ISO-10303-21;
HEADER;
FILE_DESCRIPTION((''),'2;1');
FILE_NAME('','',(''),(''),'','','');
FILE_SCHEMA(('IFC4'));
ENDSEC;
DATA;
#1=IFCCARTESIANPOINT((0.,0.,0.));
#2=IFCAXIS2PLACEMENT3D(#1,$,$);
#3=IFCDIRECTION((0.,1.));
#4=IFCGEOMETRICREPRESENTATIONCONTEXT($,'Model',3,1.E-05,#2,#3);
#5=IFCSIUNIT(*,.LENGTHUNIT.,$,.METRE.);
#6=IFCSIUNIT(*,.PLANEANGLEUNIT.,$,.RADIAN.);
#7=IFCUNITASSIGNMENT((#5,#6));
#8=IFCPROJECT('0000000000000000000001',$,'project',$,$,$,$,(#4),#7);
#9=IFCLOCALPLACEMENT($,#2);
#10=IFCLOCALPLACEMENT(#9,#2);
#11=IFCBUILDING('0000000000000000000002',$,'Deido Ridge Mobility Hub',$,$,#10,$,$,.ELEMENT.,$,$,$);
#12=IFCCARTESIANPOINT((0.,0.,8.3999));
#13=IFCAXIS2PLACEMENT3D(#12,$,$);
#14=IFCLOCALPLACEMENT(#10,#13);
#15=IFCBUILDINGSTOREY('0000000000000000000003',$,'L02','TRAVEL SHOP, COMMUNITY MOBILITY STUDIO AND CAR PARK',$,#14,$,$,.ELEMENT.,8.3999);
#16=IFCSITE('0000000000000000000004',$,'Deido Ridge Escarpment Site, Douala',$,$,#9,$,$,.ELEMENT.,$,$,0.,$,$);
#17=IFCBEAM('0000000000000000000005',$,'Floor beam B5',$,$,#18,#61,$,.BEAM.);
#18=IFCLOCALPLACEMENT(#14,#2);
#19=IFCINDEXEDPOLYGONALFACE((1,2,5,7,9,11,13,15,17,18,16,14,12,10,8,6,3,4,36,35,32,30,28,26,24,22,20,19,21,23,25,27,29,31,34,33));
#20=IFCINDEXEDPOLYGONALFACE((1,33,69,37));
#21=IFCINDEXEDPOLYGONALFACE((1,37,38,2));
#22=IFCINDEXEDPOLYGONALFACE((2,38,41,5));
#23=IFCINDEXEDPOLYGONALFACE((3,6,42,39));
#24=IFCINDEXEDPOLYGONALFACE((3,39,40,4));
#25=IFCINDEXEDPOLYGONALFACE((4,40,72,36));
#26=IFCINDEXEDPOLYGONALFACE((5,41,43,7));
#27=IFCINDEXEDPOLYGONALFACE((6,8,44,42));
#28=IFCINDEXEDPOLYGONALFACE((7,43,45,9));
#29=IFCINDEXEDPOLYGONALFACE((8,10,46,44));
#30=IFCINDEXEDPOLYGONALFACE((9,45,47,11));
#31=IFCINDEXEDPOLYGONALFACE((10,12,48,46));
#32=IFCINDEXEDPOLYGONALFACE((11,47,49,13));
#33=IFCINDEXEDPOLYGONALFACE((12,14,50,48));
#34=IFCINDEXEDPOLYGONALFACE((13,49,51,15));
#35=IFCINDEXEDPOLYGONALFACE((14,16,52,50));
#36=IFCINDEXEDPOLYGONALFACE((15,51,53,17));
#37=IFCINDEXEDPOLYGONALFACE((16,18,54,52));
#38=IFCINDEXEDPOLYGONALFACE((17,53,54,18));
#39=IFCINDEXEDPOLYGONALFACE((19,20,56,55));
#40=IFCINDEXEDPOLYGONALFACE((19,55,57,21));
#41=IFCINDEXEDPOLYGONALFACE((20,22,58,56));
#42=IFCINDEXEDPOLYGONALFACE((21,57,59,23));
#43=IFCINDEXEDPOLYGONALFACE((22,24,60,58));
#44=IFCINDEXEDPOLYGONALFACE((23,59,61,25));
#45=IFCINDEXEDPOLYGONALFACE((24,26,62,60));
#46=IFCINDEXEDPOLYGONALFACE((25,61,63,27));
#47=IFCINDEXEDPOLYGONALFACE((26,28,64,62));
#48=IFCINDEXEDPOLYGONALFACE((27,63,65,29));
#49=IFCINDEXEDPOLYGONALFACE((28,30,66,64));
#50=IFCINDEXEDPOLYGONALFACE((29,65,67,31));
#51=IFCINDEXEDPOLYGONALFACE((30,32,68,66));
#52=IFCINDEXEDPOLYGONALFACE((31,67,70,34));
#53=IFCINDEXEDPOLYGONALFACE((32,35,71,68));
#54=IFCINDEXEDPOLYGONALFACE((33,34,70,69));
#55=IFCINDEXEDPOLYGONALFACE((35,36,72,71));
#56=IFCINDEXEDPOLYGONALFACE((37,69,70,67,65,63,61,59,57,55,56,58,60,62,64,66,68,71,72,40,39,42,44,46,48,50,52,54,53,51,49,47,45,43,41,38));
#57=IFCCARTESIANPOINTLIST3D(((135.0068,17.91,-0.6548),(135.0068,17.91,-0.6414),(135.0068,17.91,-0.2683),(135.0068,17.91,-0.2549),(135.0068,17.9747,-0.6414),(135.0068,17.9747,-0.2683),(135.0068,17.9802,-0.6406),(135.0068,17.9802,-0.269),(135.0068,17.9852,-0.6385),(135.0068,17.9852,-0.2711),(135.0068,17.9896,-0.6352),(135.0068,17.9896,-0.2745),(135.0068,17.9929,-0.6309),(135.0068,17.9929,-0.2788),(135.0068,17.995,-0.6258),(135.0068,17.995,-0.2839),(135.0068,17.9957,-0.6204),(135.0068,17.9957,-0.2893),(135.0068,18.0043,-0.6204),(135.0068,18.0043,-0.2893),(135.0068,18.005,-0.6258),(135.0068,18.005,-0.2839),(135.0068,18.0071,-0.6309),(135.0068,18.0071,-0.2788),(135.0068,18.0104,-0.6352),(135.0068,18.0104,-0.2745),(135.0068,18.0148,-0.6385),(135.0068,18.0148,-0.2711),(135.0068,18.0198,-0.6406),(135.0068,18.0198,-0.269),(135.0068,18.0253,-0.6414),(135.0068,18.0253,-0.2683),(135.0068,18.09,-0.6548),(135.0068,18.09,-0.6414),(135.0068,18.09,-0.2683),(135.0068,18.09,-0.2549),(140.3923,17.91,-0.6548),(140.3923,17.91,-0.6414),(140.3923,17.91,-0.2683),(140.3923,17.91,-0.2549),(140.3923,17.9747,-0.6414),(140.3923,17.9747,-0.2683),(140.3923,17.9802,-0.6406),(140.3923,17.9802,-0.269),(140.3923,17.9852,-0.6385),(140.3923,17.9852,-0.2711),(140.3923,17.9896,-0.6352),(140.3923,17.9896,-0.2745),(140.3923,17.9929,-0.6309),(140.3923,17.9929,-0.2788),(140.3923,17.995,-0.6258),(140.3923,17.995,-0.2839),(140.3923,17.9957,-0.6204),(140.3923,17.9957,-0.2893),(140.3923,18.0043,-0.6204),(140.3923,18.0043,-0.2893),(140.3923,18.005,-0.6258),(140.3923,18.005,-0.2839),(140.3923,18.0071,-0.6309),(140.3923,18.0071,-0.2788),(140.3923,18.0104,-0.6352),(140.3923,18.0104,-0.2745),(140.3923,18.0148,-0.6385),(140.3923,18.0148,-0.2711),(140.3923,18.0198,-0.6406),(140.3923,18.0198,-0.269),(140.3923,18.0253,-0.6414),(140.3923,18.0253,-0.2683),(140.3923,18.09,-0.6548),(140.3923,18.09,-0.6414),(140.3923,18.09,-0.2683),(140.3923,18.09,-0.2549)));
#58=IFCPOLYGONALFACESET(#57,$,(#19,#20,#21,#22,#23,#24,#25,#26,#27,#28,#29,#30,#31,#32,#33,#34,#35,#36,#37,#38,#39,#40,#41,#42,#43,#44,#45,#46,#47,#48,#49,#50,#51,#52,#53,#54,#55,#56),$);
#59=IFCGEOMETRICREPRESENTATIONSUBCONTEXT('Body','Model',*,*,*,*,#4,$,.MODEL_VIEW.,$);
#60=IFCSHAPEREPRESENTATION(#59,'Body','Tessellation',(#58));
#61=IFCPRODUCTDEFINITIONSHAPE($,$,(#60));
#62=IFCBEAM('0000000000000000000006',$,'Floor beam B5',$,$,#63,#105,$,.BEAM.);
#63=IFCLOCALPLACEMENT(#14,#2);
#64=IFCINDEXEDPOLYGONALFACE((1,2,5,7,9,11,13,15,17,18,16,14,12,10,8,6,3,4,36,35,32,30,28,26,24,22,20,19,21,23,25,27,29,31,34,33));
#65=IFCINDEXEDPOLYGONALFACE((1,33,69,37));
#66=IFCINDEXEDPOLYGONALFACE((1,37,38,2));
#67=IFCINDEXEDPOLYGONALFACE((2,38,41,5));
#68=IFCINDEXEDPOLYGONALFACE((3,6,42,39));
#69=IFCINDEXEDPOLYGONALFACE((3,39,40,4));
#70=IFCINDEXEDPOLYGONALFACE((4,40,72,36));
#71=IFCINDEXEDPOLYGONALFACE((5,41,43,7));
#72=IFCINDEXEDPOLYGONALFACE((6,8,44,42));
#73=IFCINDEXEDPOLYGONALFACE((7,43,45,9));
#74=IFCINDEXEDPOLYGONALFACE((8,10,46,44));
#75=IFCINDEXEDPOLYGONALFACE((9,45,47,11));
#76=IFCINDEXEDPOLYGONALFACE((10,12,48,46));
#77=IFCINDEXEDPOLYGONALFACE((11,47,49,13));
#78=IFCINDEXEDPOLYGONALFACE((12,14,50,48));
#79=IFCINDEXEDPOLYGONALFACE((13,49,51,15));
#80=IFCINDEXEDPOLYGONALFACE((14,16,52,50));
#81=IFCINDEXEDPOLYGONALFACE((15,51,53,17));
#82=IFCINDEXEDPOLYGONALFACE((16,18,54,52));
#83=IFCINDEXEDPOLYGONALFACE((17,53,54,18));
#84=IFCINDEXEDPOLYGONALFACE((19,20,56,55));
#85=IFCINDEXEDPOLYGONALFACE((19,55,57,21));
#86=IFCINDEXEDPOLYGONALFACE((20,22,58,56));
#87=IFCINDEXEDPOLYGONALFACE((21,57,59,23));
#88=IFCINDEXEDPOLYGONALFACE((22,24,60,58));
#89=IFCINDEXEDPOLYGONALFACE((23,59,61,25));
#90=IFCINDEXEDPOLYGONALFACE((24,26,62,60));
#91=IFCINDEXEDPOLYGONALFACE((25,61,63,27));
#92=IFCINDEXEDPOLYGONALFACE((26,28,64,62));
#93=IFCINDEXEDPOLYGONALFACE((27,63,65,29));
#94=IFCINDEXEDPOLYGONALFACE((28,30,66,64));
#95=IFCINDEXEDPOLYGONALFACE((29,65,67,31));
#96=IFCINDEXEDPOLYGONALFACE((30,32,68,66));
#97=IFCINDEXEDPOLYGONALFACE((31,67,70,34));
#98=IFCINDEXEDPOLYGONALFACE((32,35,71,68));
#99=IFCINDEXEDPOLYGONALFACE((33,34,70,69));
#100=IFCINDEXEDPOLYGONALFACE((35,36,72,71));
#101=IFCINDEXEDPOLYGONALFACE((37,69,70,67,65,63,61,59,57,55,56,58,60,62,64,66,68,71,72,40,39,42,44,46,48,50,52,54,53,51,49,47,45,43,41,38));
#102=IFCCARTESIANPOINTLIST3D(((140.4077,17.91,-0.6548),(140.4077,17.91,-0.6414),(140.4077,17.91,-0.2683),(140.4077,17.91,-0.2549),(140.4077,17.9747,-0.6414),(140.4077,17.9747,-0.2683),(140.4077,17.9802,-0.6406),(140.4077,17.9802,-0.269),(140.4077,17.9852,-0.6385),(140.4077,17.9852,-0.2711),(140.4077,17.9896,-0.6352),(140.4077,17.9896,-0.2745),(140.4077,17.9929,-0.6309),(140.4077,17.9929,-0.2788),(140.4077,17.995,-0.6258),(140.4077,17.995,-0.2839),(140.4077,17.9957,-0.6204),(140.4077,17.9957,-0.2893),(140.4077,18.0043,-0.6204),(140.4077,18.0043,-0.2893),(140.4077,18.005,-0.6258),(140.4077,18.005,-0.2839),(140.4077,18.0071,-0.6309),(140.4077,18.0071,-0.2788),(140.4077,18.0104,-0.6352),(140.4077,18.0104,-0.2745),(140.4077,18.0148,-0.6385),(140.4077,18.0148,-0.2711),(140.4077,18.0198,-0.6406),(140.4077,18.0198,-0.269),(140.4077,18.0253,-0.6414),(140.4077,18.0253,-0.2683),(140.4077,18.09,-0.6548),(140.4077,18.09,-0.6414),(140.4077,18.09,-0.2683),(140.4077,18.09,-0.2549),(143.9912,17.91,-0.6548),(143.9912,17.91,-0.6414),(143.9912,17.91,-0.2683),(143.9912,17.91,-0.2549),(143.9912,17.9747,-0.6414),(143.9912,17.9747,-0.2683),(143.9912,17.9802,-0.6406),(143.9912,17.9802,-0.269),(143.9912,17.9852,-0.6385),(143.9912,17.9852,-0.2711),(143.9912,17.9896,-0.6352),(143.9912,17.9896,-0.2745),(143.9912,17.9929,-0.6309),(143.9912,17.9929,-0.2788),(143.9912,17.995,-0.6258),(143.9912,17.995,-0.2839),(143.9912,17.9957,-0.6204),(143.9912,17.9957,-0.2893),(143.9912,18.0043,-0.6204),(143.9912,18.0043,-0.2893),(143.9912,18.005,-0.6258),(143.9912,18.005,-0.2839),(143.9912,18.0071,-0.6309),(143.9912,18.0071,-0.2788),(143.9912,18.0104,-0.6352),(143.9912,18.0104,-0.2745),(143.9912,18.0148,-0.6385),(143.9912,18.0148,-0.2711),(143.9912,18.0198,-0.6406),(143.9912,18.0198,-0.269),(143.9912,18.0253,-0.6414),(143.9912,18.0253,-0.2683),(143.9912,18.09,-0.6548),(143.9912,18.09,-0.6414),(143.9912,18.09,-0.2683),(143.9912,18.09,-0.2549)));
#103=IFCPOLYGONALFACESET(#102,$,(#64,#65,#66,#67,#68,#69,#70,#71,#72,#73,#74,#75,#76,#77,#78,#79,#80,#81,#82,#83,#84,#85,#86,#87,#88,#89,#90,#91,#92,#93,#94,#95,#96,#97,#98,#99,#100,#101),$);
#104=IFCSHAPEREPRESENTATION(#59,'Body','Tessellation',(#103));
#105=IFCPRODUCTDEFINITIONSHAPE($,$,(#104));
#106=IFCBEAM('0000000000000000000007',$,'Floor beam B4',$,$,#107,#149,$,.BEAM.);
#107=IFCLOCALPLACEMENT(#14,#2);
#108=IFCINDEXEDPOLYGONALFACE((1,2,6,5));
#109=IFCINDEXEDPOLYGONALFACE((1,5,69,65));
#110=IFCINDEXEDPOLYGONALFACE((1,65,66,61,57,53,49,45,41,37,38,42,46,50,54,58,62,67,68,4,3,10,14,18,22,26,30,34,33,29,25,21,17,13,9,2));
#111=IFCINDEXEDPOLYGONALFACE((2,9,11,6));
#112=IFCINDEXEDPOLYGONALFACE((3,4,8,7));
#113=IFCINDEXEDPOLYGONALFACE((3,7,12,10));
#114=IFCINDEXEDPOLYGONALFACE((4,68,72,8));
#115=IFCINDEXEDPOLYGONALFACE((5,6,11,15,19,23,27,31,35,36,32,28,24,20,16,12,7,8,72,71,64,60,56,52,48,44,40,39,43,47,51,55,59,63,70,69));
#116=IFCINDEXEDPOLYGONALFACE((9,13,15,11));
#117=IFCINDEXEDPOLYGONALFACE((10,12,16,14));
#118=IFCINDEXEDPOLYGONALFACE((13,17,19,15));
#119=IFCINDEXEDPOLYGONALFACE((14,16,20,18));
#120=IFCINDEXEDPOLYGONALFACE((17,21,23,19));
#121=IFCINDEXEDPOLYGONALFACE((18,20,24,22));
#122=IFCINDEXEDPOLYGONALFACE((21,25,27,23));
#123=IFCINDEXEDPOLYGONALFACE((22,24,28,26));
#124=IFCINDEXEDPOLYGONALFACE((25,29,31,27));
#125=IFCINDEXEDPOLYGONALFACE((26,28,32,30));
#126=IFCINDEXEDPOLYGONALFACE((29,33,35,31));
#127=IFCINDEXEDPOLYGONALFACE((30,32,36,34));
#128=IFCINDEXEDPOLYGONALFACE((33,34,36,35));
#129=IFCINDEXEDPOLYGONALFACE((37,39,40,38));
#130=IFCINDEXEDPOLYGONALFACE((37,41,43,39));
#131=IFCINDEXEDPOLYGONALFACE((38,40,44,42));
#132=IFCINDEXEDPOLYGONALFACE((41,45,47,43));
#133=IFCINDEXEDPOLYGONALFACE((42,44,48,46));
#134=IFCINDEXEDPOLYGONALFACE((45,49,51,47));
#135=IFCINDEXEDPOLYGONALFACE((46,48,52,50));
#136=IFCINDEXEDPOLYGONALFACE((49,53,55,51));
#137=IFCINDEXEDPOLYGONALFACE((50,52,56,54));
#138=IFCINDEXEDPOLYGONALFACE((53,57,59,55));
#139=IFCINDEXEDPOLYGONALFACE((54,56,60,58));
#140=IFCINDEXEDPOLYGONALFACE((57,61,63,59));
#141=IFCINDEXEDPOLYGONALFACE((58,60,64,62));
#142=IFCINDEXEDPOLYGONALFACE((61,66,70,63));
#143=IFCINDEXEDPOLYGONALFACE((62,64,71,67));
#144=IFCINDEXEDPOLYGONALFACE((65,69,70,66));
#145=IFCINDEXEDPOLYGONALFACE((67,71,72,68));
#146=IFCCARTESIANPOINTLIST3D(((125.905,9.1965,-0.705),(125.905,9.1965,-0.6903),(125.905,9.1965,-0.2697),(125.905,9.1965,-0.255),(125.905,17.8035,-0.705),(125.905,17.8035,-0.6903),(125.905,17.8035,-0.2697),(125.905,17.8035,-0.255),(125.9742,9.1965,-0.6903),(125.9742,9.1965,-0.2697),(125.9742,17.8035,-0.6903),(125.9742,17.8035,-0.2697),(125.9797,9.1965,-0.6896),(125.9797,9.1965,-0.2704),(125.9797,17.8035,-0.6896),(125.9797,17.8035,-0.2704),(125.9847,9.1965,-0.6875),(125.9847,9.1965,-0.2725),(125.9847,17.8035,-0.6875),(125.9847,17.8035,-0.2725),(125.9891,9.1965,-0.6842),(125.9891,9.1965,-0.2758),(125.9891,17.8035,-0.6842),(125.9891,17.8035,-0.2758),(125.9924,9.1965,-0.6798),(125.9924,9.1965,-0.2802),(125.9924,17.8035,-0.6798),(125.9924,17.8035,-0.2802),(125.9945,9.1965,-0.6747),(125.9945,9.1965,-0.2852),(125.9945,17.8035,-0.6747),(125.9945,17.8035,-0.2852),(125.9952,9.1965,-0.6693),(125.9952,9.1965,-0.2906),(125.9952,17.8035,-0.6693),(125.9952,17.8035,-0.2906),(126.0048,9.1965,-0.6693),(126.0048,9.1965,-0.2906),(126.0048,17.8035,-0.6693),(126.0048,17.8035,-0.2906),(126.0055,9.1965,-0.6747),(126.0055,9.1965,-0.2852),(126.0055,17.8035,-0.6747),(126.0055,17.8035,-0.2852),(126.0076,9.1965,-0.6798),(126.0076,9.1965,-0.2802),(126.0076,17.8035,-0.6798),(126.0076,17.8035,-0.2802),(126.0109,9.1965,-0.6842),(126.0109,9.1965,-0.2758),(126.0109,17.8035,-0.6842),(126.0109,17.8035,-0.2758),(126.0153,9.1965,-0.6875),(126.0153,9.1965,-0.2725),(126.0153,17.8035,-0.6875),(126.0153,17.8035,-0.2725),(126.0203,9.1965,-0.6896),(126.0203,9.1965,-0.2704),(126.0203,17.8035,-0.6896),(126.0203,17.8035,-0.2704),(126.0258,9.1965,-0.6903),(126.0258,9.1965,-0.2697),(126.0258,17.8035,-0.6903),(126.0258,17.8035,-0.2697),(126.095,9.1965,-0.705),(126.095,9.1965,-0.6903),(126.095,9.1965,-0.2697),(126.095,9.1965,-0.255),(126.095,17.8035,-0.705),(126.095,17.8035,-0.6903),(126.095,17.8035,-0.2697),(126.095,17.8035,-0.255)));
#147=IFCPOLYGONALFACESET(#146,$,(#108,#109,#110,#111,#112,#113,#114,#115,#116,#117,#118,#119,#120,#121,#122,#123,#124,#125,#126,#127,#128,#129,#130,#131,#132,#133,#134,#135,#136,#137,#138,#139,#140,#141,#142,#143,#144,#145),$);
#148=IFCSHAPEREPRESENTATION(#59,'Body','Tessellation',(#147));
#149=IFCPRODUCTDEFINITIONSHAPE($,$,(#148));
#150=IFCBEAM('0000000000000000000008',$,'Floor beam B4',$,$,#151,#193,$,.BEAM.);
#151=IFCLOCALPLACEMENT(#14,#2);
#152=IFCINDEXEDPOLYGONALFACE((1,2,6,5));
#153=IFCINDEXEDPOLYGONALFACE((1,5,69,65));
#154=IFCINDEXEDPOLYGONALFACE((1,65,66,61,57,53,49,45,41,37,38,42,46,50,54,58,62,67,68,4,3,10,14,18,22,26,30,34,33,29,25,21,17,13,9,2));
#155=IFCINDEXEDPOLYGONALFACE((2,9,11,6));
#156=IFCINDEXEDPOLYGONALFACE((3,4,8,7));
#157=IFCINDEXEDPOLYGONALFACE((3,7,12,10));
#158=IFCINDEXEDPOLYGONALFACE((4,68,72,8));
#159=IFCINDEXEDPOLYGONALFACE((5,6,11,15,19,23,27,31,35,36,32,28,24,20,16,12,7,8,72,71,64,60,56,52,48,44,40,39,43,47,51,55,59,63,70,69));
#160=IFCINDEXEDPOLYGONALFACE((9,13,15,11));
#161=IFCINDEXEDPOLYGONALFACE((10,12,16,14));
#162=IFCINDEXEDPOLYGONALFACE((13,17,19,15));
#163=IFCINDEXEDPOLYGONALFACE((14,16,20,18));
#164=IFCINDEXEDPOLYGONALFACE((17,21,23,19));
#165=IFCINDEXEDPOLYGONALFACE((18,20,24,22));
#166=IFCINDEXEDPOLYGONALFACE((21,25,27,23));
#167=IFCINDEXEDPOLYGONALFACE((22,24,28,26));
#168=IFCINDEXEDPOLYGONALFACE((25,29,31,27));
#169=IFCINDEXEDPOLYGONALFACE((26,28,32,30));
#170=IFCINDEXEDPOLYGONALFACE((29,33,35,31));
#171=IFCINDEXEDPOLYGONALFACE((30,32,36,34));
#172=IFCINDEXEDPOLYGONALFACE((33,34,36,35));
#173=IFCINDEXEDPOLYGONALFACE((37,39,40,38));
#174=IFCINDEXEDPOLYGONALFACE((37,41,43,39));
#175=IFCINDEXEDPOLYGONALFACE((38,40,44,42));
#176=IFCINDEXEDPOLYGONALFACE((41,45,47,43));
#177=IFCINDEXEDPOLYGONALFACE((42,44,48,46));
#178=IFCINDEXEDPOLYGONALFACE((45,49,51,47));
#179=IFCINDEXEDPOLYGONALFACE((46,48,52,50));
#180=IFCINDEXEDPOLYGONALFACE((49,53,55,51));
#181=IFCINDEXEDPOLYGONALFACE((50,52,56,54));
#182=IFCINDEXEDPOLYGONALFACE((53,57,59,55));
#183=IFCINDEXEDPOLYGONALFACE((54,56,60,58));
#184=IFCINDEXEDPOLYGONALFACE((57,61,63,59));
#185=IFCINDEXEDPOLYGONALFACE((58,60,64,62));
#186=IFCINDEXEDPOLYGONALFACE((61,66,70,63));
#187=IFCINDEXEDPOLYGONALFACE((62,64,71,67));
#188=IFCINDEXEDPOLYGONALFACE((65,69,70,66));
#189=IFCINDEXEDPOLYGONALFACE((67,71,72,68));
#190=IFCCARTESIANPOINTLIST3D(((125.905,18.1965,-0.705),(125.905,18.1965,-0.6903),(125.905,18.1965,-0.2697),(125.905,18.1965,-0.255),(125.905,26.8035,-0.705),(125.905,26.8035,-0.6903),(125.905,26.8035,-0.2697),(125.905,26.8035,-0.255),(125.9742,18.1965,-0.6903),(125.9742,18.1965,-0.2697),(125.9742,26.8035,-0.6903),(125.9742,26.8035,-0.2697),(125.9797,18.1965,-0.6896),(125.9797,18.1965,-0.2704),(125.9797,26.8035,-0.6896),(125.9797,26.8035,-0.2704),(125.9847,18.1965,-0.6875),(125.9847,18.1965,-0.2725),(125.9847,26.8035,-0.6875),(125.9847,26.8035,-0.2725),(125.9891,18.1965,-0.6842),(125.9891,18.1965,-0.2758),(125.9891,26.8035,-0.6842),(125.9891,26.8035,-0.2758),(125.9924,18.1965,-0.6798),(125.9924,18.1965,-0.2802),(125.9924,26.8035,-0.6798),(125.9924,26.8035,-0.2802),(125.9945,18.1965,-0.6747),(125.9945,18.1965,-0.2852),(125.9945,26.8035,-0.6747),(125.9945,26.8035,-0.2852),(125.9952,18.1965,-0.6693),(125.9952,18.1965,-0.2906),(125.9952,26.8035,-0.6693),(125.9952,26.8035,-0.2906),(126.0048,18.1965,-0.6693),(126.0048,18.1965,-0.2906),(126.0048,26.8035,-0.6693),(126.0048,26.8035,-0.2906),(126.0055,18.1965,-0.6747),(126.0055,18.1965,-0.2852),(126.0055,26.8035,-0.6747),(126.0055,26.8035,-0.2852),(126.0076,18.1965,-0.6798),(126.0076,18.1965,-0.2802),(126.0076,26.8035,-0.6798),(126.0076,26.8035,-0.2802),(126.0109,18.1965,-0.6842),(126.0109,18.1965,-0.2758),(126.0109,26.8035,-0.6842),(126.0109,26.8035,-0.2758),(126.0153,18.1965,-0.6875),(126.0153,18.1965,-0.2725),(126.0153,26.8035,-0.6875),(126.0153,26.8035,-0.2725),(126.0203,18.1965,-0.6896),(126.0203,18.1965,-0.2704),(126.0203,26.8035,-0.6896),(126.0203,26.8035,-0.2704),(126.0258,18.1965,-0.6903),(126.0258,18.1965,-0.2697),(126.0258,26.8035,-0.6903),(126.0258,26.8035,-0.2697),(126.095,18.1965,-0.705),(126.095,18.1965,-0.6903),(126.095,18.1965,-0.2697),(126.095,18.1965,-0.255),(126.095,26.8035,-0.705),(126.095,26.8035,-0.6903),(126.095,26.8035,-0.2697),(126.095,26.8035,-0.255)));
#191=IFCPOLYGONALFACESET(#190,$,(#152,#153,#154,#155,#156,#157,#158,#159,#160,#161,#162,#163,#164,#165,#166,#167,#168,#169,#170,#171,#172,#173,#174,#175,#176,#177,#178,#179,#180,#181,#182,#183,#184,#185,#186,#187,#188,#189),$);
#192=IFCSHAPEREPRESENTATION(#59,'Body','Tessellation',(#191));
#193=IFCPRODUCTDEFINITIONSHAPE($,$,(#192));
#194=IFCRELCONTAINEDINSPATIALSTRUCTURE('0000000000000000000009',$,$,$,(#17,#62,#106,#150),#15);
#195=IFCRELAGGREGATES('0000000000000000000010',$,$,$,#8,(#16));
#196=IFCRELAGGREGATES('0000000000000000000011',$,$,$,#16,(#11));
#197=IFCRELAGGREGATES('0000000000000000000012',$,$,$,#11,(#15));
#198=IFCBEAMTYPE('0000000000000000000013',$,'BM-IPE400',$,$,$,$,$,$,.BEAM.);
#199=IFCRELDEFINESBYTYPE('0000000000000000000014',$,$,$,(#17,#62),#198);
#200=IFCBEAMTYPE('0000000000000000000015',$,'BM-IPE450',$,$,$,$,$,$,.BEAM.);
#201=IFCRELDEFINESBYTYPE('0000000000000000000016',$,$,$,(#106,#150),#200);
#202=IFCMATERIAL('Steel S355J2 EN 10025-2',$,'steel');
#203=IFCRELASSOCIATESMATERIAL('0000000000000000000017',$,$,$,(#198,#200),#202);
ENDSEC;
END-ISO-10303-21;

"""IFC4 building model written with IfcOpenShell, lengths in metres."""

from ifc_helpers import new_model, si_unit, direction, frame, origin, origin_2d, place, context, subcontext, project, spatial, i_section, extrude, material, material_profile, profile_set, type_object, element, save


model = new_model("IFC4")

# Units and contexts
model_context = context("Model", 3, precision=1e-05, world=origin(), true_north=direction((0.0, 1.0)))
body_context = subcontext(model_context, "Body", "Model", "MODEL_VIEW")
ifc_project = project(units=[si_unit("LENGTHUNIT", "METRE"), si_unit("PLANEANGLEUNIT", "RADIAN")], contexts=[model_context])

# Site, building, storey
site_placement = place(None, origin())
site = spatial("IfcSite", under=ifc_project, at=site_placement, Name="Deido Ridge Escarpment Site, Douala", CompositionType="ELEMENT", RefElevation=0.0)
building_placement = place(site_placement, origin())
building = spatial("IfcBuilding", under=site, at=building_placement, Name="Deido Ridge Mobility Hub", CompositionType="ELEMENT")
storey_placement = place(building_placement, frame((0.0, 0.0, 8.3999)))
storey = spatial("IfcBuildingStorey", under=building, at=storey_placement, Name="L02", Description="TRAVEL SHOP, COMMUNITY MOBILITY STUDIO AND CAR PARK", CompositionType="ELEMENT", Elevation=8.3999)

# Shared definitions
ifc_material_1 = material(Name="Steel S355J2 EN 10025-2", Category="steel")

# Beams
ifc_material_profile_1 = material_profile(ifc_material_1, i_section(OverallWidth=0.1799, OverallDepth=0.3999, WebThickness=0.0085, FlangeThickness=0.0134, FilletRadius=0.021, at=origin_2d()), Name="IPE 400")
ifc_profile_set_1 = profile_set([ifc_material_profile_1], Name="Steel S355J2 EN 10025-2")
beam_type_1 = type_object("IfcBeamType", Name="BM-IPE400", PredefinedType="BEAM", material=ifc_profile_set_1)
beam_1_placement = place(storey_placement, frame((135.0068, 18.0, -0.4548), z_axis=(1.0, 0.0, 0.0), x_axis=(0.0, 1.0, 0.0)))
element("IfcBeam", 1, at=beam_1_placement, inside=storey, type_object=beam_type_1, Name="Floor beam B5", PredefinedType="BEAM", context=body_context, shape_type="SweptSolid", body=[
    extrude(i_section(OverallWidth=0.1799, OverallDepth=0.3999, WebThickness=0.0085, FlangeThickness=0.0134, FilletRadius=0.021, at=origin_2d()), origin(), (0.0, 0.0, 1.0), 5.3855),
])
beam_2_placement = place(storey_placement, frame((140.4077, 18.0, -0.4548), z_axis=(1.0, 0.0, 0.0), x_axis=(0.0, 1.0, 0.0)))
element("IfcBeam", 2, at=beam_2_placement, inside=storey, type_object=beam_type_1, Name="Floor beam B5", PredefinedType="BEAM", context=body_context, shape_type="SweptSolid", body=[
    extrude(i_section(OverallWidth=0.1799, OverallDepth=0.3999, WebThickness=0.0085, FlangeThickness=0.0134, FilletRadius=0.021, at=origin_2d()), origin(), (0.0, 0.0, 1.0), 3.5835),
])
ifc_material_profile_2 = material_profile(ifc_material_1, i_section(OverallWidth=0.1899, OverallDepth=0.45, WebThickness=0.0095, FlangeThickness=0.0146, FilletRadius=0.021, at=origin_2d()), Name="IPE 450")
ifc_profile_set_2 = profile_set([ifc_material_profile_2], Name="Steel S355J2 EN 10025-2")
beam_type_2 = type_object("IfcBeamType", Name="BM-IPE450", PredefinedType="BEAM", material=ifc_profile_set_2)
for number, where, z_axis, x_axis, name in (
    (3, (126.0, 9.1965, -0.48), (0.0, 1.0, 0.0), (-1.0, 0.0, 0.0), "Floor beam B4"),
    (4, (126.0, 18.1965, -0.48), (0.0, 1.0, 0.0), (-1.0, 0.0, 0.0), "Floor beam B4"),
):
    element("IfcBeam", number, at=place(storey_placement, frame(where, z_axis=z_axis, x_axis=x_axis)), inside=storey, type_object=beam_type_2, Name=name, PredefinedType="BEAM", context=body_context, shape_type="SweptSolid", body=[
        extrude(i_section(OverallWidth=0.1899, OverallDepth=0.45, WebThickness=0.0095, FlangeThickness=0.0146, FilletRadius=0.021, at=origin_2d()), origin(), (0.0, 0.0, 1.0), 8.6069),
    ])

save(model, "model.ifc")
